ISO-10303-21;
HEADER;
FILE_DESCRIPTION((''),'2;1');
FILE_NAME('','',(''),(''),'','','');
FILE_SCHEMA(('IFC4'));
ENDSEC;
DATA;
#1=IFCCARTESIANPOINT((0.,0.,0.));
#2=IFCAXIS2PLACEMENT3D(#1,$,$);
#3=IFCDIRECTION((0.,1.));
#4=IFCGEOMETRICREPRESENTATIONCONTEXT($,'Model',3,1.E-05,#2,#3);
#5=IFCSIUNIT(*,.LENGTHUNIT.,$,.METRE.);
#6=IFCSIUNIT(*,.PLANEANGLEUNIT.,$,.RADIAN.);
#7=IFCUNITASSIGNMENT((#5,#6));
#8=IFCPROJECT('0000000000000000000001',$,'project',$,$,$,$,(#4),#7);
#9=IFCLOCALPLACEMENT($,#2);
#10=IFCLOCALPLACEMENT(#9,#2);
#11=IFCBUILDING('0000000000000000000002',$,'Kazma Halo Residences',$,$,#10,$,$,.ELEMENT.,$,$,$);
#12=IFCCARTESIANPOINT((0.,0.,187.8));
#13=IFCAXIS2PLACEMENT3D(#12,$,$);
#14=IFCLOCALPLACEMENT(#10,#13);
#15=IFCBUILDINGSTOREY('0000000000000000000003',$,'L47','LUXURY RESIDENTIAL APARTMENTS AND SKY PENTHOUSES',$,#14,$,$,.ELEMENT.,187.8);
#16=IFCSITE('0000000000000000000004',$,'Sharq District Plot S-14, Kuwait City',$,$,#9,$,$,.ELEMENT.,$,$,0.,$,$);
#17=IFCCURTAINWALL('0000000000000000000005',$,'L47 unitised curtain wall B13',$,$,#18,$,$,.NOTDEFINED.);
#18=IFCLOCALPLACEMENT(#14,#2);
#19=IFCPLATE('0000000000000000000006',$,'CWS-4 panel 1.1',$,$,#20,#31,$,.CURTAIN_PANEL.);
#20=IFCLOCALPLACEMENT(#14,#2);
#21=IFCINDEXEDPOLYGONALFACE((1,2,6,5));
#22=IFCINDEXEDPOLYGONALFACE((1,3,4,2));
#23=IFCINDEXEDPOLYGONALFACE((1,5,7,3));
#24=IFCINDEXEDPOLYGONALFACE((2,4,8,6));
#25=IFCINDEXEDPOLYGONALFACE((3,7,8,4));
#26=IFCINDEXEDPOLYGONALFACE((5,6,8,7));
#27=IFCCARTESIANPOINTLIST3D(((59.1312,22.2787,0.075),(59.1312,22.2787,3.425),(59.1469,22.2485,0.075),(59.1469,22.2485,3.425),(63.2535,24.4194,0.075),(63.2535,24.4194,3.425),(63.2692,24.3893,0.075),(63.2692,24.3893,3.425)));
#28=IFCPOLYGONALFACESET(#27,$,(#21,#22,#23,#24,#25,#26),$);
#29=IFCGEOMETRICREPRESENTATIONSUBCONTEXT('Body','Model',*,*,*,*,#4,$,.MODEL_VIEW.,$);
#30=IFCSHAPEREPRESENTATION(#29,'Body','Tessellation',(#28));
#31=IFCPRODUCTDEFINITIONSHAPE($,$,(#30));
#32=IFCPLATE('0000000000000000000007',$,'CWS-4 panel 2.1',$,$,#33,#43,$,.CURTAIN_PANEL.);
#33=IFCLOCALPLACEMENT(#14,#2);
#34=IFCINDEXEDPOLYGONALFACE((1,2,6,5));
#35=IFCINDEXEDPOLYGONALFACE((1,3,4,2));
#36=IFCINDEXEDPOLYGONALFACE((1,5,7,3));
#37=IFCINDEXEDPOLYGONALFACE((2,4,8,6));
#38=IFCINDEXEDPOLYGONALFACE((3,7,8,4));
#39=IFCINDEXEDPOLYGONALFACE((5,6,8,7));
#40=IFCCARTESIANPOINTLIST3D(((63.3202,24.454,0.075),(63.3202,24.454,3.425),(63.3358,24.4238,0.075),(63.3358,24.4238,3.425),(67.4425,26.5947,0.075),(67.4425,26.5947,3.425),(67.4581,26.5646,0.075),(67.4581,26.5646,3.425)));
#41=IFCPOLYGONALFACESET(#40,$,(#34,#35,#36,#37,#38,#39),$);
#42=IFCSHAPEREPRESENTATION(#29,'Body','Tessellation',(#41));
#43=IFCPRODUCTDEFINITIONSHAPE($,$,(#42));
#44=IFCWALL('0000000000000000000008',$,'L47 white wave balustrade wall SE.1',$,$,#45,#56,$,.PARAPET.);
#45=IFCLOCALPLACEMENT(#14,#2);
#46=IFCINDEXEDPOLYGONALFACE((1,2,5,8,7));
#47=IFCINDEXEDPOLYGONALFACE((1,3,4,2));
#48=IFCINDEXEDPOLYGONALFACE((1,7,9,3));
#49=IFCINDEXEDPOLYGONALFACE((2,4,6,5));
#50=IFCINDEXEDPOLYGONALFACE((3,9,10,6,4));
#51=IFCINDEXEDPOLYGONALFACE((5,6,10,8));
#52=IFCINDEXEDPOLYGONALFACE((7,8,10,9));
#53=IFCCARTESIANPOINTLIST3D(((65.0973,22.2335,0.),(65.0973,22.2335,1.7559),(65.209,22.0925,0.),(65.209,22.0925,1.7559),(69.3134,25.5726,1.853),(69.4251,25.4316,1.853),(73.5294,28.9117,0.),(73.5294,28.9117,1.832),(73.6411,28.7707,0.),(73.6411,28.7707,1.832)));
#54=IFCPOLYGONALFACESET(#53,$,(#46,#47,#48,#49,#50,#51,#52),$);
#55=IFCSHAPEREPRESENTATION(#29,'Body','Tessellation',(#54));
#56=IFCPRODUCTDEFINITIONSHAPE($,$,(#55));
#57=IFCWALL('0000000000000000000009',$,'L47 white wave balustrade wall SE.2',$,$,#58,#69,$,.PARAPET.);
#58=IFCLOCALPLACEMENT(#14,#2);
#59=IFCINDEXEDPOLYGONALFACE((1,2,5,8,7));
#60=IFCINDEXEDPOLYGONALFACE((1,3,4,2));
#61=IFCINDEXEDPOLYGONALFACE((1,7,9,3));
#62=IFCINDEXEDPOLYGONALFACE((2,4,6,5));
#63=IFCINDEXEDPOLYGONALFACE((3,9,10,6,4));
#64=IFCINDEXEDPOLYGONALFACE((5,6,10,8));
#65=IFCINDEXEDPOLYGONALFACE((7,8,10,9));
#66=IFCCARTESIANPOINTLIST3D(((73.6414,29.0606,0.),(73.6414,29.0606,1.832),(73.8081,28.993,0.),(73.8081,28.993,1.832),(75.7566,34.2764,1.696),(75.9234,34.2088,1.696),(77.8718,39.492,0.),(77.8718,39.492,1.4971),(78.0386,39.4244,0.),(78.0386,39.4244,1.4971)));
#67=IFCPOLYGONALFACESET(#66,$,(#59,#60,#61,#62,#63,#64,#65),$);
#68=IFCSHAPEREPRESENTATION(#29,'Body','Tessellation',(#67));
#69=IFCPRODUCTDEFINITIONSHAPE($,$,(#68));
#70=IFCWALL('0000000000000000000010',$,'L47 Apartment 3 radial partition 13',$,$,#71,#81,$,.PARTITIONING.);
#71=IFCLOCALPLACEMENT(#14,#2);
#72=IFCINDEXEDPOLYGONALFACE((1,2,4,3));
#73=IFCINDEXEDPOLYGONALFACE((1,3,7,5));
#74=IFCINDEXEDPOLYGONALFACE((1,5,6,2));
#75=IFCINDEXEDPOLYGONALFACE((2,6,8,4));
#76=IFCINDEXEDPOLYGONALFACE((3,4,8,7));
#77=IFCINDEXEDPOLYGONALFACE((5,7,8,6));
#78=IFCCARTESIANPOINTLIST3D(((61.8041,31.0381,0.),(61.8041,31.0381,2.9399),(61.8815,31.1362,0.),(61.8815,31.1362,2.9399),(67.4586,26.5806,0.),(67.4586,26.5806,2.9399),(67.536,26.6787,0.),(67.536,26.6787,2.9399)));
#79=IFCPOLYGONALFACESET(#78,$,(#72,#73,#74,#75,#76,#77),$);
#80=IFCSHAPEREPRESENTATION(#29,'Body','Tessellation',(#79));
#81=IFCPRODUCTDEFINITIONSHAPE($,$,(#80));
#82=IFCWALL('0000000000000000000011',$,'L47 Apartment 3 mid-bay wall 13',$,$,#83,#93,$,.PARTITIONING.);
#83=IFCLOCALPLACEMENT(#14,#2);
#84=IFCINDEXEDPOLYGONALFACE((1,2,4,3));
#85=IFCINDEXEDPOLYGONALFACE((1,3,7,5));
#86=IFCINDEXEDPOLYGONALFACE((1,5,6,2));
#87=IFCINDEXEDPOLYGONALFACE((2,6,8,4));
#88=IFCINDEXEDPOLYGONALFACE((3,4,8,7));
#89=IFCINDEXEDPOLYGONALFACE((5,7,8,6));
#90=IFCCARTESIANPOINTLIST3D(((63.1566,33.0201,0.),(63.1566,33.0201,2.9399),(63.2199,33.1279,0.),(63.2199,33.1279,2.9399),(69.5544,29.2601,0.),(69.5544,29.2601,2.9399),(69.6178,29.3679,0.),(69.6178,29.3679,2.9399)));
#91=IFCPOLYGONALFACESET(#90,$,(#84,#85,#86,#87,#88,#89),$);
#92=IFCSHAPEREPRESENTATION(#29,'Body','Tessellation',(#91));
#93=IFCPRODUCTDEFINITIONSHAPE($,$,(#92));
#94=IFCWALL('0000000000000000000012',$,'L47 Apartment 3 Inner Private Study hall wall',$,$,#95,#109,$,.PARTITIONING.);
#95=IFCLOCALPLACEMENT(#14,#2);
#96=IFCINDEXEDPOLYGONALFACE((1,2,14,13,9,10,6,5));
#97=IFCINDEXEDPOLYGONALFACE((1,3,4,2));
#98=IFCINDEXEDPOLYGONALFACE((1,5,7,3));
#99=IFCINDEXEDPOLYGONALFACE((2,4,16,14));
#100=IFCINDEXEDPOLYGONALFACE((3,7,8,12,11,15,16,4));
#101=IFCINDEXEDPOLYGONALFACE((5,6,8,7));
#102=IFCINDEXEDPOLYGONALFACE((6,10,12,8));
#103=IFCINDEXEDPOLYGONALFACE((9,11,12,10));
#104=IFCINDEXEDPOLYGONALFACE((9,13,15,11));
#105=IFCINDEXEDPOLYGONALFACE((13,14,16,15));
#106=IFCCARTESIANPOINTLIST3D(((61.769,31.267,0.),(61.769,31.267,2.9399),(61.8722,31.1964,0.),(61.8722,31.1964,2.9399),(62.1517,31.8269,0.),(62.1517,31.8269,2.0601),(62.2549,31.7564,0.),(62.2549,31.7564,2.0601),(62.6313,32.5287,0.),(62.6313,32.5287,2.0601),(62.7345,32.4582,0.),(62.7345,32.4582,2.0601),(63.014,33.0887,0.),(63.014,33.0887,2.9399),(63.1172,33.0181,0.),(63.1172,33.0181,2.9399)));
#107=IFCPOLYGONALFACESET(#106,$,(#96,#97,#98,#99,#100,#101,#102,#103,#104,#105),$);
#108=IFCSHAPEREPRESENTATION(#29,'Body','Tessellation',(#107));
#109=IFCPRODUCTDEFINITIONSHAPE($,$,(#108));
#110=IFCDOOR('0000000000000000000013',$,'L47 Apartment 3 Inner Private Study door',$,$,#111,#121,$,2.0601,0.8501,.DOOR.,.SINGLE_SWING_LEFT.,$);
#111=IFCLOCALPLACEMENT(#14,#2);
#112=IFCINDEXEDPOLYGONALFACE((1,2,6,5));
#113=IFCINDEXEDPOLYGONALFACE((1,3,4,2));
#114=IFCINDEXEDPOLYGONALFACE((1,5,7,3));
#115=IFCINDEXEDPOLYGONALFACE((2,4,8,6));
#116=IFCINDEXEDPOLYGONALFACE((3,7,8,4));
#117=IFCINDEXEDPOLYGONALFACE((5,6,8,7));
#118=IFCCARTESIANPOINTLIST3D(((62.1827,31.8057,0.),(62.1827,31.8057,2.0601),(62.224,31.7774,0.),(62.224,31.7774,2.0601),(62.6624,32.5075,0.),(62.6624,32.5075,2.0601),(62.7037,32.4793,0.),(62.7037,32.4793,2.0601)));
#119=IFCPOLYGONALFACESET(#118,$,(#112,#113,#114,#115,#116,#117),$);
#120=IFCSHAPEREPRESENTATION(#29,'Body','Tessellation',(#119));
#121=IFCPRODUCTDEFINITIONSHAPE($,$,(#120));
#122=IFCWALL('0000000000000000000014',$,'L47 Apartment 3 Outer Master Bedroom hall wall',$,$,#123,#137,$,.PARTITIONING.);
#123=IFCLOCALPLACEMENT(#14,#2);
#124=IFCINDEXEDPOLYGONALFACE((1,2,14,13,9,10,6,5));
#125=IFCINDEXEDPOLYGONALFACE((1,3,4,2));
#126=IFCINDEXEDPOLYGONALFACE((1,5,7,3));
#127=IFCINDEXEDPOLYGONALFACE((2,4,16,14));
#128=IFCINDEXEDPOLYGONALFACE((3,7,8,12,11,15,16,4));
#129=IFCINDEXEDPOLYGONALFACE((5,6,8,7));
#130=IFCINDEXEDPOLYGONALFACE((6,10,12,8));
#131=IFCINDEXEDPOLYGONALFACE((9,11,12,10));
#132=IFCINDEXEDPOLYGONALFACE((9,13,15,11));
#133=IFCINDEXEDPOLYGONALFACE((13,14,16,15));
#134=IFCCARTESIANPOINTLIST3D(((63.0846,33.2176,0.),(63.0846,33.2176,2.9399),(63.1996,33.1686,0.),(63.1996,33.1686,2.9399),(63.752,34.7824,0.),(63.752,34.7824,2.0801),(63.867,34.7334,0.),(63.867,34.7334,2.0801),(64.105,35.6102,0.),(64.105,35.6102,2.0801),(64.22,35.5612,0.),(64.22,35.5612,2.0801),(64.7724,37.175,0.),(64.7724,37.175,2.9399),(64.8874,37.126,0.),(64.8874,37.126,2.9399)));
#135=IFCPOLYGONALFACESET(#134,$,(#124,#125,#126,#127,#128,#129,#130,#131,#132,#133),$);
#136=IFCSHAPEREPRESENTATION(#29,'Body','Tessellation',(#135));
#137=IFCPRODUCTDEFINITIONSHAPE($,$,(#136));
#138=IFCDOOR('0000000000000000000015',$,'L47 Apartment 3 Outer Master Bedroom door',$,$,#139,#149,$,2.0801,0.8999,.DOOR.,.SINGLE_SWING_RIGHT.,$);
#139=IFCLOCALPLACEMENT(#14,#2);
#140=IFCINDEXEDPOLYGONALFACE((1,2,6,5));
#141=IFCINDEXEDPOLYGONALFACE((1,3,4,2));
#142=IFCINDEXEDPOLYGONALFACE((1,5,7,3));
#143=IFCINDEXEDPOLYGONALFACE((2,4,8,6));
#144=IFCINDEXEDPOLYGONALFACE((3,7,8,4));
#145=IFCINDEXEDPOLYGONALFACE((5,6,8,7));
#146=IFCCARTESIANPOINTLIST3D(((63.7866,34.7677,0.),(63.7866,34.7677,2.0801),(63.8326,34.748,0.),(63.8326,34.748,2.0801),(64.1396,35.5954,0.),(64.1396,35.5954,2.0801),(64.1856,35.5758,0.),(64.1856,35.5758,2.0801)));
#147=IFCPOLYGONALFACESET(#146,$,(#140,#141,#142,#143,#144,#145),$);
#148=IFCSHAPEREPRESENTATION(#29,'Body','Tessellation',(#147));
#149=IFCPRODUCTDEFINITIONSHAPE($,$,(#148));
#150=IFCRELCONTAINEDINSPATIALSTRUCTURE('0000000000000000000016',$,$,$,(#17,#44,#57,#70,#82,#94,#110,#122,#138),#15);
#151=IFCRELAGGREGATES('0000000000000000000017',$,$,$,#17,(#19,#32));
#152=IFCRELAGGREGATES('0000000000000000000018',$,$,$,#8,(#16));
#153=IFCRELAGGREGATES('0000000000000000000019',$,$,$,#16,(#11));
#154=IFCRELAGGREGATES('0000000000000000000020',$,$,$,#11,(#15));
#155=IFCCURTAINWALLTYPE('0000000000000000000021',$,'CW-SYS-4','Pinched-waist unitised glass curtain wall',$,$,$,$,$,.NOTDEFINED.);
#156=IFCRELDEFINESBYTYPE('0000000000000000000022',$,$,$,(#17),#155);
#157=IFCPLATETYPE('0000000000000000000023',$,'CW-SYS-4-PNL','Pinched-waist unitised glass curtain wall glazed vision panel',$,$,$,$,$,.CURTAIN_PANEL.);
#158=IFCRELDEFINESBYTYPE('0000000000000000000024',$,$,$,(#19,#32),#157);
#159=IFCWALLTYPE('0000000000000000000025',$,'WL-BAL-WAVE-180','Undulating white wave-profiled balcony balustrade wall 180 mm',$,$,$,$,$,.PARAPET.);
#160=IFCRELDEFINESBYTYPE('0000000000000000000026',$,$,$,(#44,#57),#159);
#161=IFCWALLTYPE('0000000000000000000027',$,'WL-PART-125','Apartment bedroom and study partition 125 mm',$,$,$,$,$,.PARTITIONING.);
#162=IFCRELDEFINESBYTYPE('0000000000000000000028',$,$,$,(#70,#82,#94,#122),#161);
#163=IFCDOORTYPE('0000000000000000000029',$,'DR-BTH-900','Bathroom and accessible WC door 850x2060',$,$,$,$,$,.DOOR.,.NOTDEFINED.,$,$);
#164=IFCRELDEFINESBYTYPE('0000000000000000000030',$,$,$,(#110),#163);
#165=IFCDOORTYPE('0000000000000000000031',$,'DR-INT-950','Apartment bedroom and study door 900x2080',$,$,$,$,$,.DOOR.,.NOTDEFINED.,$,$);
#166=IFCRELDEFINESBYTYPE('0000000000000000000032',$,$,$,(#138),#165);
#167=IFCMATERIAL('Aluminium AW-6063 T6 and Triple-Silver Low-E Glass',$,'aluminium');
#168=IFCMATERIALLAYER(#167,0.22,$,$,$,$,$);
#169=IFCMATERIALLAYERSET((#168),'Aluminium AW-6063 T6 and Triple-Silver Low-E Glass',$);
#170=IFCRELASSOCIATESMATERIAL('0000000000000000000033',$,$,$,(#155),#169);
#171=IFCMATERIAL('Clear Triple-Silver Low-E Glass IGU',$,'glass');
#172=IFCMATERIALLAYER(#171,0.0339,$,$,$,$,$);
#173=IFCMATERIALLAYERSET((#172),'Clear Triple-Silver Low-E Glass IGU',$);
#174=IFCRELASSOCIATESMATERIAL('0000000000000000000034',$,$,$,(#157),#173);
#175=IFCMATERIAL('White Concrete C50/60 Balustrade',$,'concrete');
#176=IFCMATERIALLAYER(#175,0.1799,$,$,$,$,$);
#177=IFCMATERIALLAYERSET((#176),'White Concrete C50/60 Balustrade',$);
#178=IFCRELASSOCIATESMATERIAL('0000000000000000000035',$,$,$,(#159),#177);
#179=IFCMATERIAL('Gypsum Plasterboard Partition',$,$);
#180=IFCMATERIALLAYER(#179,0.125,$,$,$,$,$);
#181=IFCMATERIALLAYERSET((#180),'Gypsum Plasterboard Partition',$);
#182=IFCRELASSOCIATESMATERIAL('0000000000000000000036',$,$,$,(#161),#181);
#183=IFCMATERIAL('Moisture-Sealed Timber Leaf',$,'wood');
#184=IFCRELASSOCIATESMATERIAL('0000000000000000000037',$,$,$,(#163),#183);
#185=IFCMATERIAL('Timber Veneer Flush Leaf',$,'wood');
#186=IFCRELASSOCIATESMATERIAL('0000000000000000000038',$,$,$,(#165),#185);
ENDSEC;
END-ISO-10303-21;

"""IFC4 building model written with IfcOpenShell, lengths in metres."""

from ifc_helpers import new_model, si_unit, direction, frame, frame_2d, origin, origin_2d, place, context, subcontext, project, spatial, polyline, rectangle, outline, extrude, material, layer, layer_set, type_object, element, fill, aggregate, save


model = new_model("IFC4")

# Units and contexts
model_context = context("Model", 3, precision=1e-05, world=origin(), true_north=direction((0.0, 1.0)))
body_context = subcontext(model_context, "Body", "Model", "MODEL_VIEW")
ifc_project = project(units=[si_unit("LENGTHUNIT", "METRE"), si_unit("PLANEANGLEUNIT", "RADIAN")], contexts=[model_context])

# Site, building, storey
site_placement = place(None, origin())
site = spatial("IfcSite", under=ifc_project, at=site_placement, Name="Sharq District Plot S-14, Kuwait City", CompositionType="ELEMENT", RefElevation=0.0)
building_placement = place(site_placement, origin())
building = spatial("IfcBuilding", under=site, at=building_placement, Name="Kazma Halo Residences", CompositionType="ELEMENT")
storey_placement = place(building_placement, frame((0.0, 0.0, 187.8)))
storey = spatial("IfcBuildingStorey", under=building, at=storey_placement, Name="L47", Description="LUXURY RESIDENTIAL APARTMENTS AND SKY PENTHOUSES", CompositionType="ELEMENT", Elevation=187.8)

# Curtain wall, plates
ifc_material_1 = material(Name="Aluminium AW-6063 T6 and Triple-Silver Low-E Glass", Category="aluminium")
ifc_layer_1 = layer(ifc_material_1, 0.22)
ifc_layer_set_1 = layer_set([ifc_layer_1], Name="Aluminium AW-6063 T6 and Triple-Silver Low-E Glass")
curtain_wall_type = type_object("IfcCurtainWallType", Name="CW-SYS-4", Description="Pinched-waist unitised glass curtain wall", PredefinedType="NOTDEFINED", material=ifc_layer_set_1)
curtain_wall_placement = place(storey_placement, origin())
curtain_wall = element("IfcCurtainWall", 1, at=curtain_wall_placement, inside=storey, type_object=curtain_wall_type, Name="L47 unitised curtain wall B13", PredefinedType="NOTDEFINED")
ifc_material_2 = material(Name="Clear Triple-Silver Low-E Glass IGU", Category="glass")
ifc_layer_2 = layer(ifc_material_2, 0.0339)
ifc_layer_set_2 = layer_set([ifc_layer_2], Name="Clear Triple-Silver Low-E Glass IGU")
plate_type = type_object("IfcPlateType", Name="CW-SYS-4-PNL", Description="Pinched-waist unitised glass curtain wall glazed vision panel", PredefinedType="CURTAIN_PANEL", material=ifc_layer_set_2)
plate_1_placement = place(storey_placement, frame((61.2002, 23.334, 0.075), z_axis=(0.0, 0.0, 1.0), x_axis=(0.887466, 0.460874, 0.0)))
plate_1 = element("IfcPlate", 2, at=plate_1_placement, type_object=plate_type, Name="CWS-4 panel 1.1", PredefinedType="CURTAIN_PANEL", context=body_context, shape_type="SweptSolid", body=[
    extrude(rectangle(XDim=4.645, YDim=0.0339, at=origin_2d()), origin(), (0.0, 0.0, 1.0), 3.3501),
])
plate_2_placement = place(storey_placement, frame((65.3892, 25.5093, 0.075), z_axis=(0.0, 0.0, 1.0), x_axis=(0.887466, 0.460874, 0.0)))
plate_2 = element("IfcPlate", 3, at=plate_2_placement, type_object=plate_type, Name="CWS-4 panel 2.1", PredefinedType="CURTAIN_PANEL", context=body_context, shape_type="SweptSolid", body=[
    extrude(rectangle(XDim=4.645, YDim=0.0339, at=origin_2d()), origin(), (0.0, 0.0, 1.0), 3.3501),
])
aggregate(curtain_wall, [plate_1, plate_2])

# Walls
ifc_material_3 = material(Name="White Concrete C50/60 Balustrade", Category="concrete")
ifc_layer_3 = layer(ifc_material_3, 0.1799)
ifc_layer_set_3 = layer_set([ifc_layer_3], Name="White Concrete C50/60 Balustrade")
wall_type_1 = type_object("IfcWallType", Name="WL-BAL-WAVE-180", Description="Undulating white wave-profiled balcony balustrade wall 180 mm", PredefinedType="PARAPET", material=ifc_layer_set_3)
wall_1_placement = place(storey_placement, frame((65.1531, 22.1631, 0.0), z_axis=(0.0, 0.0, 1.0), x_axis=(0.78392, 0.620862, 0.0)))
element("IfcWall", 4, at=wall_1_placement, inside=storey, type_object=wall_type_1, Name="L47 white wave balustrade wall SE.1", PredefinedType="PARAPET", context=body_context, shape_type="SweptSolid", body=[
    extrude(outline(polyline([(0.0, 0.0), (10.7563, 0.0), (10.7563, 1.832), (5.3782, 1.853), (0.0, 1.7559), (0.0, 0.0)])), frame((0.0, 0.0898, 0.0), z_axis=(0.0, -1.0, 0.0), x_axis=(1.0, 0.0, 0.0)), (0.0, 0.0, 1.0), 0.1799),
])
wall_2_placement = place(storey_placement, frame((73.7246, 29.0269, 0.0), z_axis=(0.0, 0.0, 1.0), x_axis=(0.375821, 0.926692, 0.0)))
element("IfcWall", 5, at=wall_2_placement, inside=storey, type_object=wall_type_1, Name="L47 white wave balustrade wall SE.2", PredefinedType="PARAPET", context=body_context, shape_type="SweptSolid", body=[
    extrude(outline(polyline([(0.0, 0.0), (11.2566, 0.0), (11.2566, 1.4971), (5.6284, 1.696), (0.0, 1.832), (0.0, 0.0)])), frame((0.0, 0.0898, 0.0), z_axis=(0.0, -1.0, 0.0), x_axis=(1.0, 0.0, 0.0)), (0.0, 0.0, 1.0), 0.1799),
])

# Walls
ifc_material_4 = material(Name="Gypsum Plasterboard Partition")
ifc_layer_4 = layer(ifc_material_4, 0.125)
ifc_layer_set_4 = layer_set([ifc_layer_4], Name="Gypsum Plasterboard Partition")
wall_type_2 = type_object("IfcWallType", Name="WL-PART-125", Description="Apartment bedroom and study partition 125 mm", PredefinedType="PARTITIONING", material=ifc_layer_set_4)
wall_3_placement = place(storey_placement, frame((61.8428, 31.0872, 0.0), z_axis=(0.0, 0.0, 1.0), x_axis=(0.785328, -0.61908, 0.0)))
element("IfcWall", 6, at=wall_3_placement, inside=storey, type_object=wall_type_2, Name="L47 Apartment 3 radial partition 13", PredefinedType="PARTITIONING", context=body_context, shape_type="SweptSolid", body=[
    extrude(rectangle(XDim=7.2002, YDim=0.125, at=frame_2d((3.6001, 0.0))), origin(), (0.0, 0.0, 1.0), 2.9399),
])
wall_4_placement = place(storey_placement, frame((63.1882, 33.074, 0.0), z_axis=(0.0, 0.0, 1.0), x_axis=(0.86214, -0.506671, 0.0)))
element("IfcWall", 7, at=wall_4_placement, inside=storey, type_object=wall_type_2, Name="L47 Apartment 3 mid-bay wall 13", PredefinedType="PARTITIONING", context=body_context, shape_type="SweptSolid", body=[
    extrude(rectangle(XDim=7.4209, YDim=0.125, at=frame_2d((3.7104, 0.0))), origin(), (0.0, 0.0, 1.0), 2.9399),
])

# Walls, openings, doors
wall_5_placement = place(storey_placement, frame((61.8206, 31.2317, 0.0), z_axis=(0.0, 0.0, 1.0), x_axis=(0.564263, 0.825595, 0.0)))
wall_5 = element("IfcWall", 8, at=wall_5_placement, inside=storey, type_object=wall_type_2, Name="L47 Apartment 3 Inner Private Study hall wall", PredefinedType="PARTITIONING", context=body_context, shape_type="SweptSolid", body=[
    extrude(rectangle(XDim=2.2065, YDim=0.125, at=frame_2d((1.1033, 0.0))), origin(), (0.0, 0.0, 1.0), 2.9399),
])
opening_1_placement = place(wall_5_placement, frame((0.6782, 0.0, 0.0)))
opening_1 = element("IfcOpeningElement", 9, at=opening_1_placement, cuts=wall_5, PredefinedType="OPENING", context=body_context, shape_type="SweptSolid", body=[
    extrude(rectangle(XDim=0.8501, YDim=2.0601, at=frame_2d((0.425, 1.03))), frame((0.0, 0.0725, 0.0), z_axis=(0.0, -1.0, 0.0), x_axis=(1.0, 0.0, 0.0)), (0.0, 0.0, 1.0), 0.145),
])
ifc_material_5 = material(Name="Moisture-Sealed Timber Leaf", Category="wood")
door_type_1 = type_object("IfcDoorType", Name="DR-BTH-900", Description="Bathroom and accessible WC door 850x2060", OperationType="NOTDEFINED", PredefinedType="DOOR", material=ifc_material_5)
door_1_placement = place(opening_1_placement, origin())
door_1 = element("IfcDoor", 10, at=door_1_placement, inside=storey, type_object=door_type_1, Name="L47 Apartment 3 Inner Private Study door", OperationType="SINGLE_SWING_LEFT", OverallHeight=2.0601, OverallWidth=0.8501, PredefinedType="DOOR", context=body_context, shape_type="SweptSolid", body=[
    extrude(rectangle(XDim=0.8501, YDim=2.0601, at=frame_2d((0.425, 1.03))), frame((0.0, 0.0249, 0.0), z_axis=(0.0, -1.0, 0.0), x_axis=(1.0, 0.0, 0.0)), (0.0, 0.0, 1.0), 0.05),
])
fill(opening_1, door_1)
wall_6_placement = place(storey_placement, frame((63.1421, 33.1931, 0.0), z_axis=(0.0, 0.0, 1.0), x_axis=(0.392302, 0.919836, 0.0)))
wall_6 = element("IfcWall", 11, at=wall_6_placement, inside=storey, type_object=wall_type_2, Name="L47 Apartment 3 Outer Master Bedroom hall wall", PredefinedType="PARTITIONING", context=body_context, shape_type="SweptSolid", body=[
    extrude(rectangle(XDim=4.3022, YDim=0.125, at=frame_2d((2.1511, 0.0))), origin(), (0.0, 0.0, 1.0), 2.9399),
])
opening_2_placement = place(wall_6_placement, frame((1.7012, 0.0, 0.0)))
opening_2 = element("IfcOpeningElement", 12, at=opening_2_placement, cuts=wall_6, PredefinedType="OPENING", context=body_context, shape_type="SweptSolid", body=[
    extrude(rectangle(XDim=0.8999, YDim=2.0801, at=frame_2d((0.45, 1.04))), frame((0.0, 0.0725, 0.0), z_axis=(0.0, -1.0, 0.0), x_axis=(1.0, 0.0, 0.0)), (0.0, 0.0, 1.0), 0.145),
])
ifc_material_6 = material(Name="Timber Veneer Flush Leaf", Category="wood")
door_type_2 = type_object("IfcDoorType", Name="DR-INT-950", Description="Apartment bedroom and study door 900x2080", OperationType="NOTDEFINED", PredefinedType="DOOR", material=ifc_material_6)
door_2_placement = place(opening_2_placement, origin())
door_2 = element("IfcDoor", 13, at=door_2_placement, inside=storey, type_object=door_type_2, Name="L47 Apartment 3 Outer Master Bedroom door", OperationType="SINGLE_SWING_RIGHT", OverallHeight=2.0801, OverallWidth=0.8999, PredefinedType="DOOR", context=body_context, shape_type="SweptSolid", body=[
    extrude(rectangle(XDim=0.8999, YDim=2.0801, at=frame_2d((0.45, 1.04))), frame((0.0, 0.0249, 0.0), z_axis=(0.0, -1.0, 0.0), x_axis=(1.0, 0.0, 0.0)), (0.0, 0.0, 1.0), 0.05),
])
fill(opening_2, door_2)

save(model, "model.ifc")
